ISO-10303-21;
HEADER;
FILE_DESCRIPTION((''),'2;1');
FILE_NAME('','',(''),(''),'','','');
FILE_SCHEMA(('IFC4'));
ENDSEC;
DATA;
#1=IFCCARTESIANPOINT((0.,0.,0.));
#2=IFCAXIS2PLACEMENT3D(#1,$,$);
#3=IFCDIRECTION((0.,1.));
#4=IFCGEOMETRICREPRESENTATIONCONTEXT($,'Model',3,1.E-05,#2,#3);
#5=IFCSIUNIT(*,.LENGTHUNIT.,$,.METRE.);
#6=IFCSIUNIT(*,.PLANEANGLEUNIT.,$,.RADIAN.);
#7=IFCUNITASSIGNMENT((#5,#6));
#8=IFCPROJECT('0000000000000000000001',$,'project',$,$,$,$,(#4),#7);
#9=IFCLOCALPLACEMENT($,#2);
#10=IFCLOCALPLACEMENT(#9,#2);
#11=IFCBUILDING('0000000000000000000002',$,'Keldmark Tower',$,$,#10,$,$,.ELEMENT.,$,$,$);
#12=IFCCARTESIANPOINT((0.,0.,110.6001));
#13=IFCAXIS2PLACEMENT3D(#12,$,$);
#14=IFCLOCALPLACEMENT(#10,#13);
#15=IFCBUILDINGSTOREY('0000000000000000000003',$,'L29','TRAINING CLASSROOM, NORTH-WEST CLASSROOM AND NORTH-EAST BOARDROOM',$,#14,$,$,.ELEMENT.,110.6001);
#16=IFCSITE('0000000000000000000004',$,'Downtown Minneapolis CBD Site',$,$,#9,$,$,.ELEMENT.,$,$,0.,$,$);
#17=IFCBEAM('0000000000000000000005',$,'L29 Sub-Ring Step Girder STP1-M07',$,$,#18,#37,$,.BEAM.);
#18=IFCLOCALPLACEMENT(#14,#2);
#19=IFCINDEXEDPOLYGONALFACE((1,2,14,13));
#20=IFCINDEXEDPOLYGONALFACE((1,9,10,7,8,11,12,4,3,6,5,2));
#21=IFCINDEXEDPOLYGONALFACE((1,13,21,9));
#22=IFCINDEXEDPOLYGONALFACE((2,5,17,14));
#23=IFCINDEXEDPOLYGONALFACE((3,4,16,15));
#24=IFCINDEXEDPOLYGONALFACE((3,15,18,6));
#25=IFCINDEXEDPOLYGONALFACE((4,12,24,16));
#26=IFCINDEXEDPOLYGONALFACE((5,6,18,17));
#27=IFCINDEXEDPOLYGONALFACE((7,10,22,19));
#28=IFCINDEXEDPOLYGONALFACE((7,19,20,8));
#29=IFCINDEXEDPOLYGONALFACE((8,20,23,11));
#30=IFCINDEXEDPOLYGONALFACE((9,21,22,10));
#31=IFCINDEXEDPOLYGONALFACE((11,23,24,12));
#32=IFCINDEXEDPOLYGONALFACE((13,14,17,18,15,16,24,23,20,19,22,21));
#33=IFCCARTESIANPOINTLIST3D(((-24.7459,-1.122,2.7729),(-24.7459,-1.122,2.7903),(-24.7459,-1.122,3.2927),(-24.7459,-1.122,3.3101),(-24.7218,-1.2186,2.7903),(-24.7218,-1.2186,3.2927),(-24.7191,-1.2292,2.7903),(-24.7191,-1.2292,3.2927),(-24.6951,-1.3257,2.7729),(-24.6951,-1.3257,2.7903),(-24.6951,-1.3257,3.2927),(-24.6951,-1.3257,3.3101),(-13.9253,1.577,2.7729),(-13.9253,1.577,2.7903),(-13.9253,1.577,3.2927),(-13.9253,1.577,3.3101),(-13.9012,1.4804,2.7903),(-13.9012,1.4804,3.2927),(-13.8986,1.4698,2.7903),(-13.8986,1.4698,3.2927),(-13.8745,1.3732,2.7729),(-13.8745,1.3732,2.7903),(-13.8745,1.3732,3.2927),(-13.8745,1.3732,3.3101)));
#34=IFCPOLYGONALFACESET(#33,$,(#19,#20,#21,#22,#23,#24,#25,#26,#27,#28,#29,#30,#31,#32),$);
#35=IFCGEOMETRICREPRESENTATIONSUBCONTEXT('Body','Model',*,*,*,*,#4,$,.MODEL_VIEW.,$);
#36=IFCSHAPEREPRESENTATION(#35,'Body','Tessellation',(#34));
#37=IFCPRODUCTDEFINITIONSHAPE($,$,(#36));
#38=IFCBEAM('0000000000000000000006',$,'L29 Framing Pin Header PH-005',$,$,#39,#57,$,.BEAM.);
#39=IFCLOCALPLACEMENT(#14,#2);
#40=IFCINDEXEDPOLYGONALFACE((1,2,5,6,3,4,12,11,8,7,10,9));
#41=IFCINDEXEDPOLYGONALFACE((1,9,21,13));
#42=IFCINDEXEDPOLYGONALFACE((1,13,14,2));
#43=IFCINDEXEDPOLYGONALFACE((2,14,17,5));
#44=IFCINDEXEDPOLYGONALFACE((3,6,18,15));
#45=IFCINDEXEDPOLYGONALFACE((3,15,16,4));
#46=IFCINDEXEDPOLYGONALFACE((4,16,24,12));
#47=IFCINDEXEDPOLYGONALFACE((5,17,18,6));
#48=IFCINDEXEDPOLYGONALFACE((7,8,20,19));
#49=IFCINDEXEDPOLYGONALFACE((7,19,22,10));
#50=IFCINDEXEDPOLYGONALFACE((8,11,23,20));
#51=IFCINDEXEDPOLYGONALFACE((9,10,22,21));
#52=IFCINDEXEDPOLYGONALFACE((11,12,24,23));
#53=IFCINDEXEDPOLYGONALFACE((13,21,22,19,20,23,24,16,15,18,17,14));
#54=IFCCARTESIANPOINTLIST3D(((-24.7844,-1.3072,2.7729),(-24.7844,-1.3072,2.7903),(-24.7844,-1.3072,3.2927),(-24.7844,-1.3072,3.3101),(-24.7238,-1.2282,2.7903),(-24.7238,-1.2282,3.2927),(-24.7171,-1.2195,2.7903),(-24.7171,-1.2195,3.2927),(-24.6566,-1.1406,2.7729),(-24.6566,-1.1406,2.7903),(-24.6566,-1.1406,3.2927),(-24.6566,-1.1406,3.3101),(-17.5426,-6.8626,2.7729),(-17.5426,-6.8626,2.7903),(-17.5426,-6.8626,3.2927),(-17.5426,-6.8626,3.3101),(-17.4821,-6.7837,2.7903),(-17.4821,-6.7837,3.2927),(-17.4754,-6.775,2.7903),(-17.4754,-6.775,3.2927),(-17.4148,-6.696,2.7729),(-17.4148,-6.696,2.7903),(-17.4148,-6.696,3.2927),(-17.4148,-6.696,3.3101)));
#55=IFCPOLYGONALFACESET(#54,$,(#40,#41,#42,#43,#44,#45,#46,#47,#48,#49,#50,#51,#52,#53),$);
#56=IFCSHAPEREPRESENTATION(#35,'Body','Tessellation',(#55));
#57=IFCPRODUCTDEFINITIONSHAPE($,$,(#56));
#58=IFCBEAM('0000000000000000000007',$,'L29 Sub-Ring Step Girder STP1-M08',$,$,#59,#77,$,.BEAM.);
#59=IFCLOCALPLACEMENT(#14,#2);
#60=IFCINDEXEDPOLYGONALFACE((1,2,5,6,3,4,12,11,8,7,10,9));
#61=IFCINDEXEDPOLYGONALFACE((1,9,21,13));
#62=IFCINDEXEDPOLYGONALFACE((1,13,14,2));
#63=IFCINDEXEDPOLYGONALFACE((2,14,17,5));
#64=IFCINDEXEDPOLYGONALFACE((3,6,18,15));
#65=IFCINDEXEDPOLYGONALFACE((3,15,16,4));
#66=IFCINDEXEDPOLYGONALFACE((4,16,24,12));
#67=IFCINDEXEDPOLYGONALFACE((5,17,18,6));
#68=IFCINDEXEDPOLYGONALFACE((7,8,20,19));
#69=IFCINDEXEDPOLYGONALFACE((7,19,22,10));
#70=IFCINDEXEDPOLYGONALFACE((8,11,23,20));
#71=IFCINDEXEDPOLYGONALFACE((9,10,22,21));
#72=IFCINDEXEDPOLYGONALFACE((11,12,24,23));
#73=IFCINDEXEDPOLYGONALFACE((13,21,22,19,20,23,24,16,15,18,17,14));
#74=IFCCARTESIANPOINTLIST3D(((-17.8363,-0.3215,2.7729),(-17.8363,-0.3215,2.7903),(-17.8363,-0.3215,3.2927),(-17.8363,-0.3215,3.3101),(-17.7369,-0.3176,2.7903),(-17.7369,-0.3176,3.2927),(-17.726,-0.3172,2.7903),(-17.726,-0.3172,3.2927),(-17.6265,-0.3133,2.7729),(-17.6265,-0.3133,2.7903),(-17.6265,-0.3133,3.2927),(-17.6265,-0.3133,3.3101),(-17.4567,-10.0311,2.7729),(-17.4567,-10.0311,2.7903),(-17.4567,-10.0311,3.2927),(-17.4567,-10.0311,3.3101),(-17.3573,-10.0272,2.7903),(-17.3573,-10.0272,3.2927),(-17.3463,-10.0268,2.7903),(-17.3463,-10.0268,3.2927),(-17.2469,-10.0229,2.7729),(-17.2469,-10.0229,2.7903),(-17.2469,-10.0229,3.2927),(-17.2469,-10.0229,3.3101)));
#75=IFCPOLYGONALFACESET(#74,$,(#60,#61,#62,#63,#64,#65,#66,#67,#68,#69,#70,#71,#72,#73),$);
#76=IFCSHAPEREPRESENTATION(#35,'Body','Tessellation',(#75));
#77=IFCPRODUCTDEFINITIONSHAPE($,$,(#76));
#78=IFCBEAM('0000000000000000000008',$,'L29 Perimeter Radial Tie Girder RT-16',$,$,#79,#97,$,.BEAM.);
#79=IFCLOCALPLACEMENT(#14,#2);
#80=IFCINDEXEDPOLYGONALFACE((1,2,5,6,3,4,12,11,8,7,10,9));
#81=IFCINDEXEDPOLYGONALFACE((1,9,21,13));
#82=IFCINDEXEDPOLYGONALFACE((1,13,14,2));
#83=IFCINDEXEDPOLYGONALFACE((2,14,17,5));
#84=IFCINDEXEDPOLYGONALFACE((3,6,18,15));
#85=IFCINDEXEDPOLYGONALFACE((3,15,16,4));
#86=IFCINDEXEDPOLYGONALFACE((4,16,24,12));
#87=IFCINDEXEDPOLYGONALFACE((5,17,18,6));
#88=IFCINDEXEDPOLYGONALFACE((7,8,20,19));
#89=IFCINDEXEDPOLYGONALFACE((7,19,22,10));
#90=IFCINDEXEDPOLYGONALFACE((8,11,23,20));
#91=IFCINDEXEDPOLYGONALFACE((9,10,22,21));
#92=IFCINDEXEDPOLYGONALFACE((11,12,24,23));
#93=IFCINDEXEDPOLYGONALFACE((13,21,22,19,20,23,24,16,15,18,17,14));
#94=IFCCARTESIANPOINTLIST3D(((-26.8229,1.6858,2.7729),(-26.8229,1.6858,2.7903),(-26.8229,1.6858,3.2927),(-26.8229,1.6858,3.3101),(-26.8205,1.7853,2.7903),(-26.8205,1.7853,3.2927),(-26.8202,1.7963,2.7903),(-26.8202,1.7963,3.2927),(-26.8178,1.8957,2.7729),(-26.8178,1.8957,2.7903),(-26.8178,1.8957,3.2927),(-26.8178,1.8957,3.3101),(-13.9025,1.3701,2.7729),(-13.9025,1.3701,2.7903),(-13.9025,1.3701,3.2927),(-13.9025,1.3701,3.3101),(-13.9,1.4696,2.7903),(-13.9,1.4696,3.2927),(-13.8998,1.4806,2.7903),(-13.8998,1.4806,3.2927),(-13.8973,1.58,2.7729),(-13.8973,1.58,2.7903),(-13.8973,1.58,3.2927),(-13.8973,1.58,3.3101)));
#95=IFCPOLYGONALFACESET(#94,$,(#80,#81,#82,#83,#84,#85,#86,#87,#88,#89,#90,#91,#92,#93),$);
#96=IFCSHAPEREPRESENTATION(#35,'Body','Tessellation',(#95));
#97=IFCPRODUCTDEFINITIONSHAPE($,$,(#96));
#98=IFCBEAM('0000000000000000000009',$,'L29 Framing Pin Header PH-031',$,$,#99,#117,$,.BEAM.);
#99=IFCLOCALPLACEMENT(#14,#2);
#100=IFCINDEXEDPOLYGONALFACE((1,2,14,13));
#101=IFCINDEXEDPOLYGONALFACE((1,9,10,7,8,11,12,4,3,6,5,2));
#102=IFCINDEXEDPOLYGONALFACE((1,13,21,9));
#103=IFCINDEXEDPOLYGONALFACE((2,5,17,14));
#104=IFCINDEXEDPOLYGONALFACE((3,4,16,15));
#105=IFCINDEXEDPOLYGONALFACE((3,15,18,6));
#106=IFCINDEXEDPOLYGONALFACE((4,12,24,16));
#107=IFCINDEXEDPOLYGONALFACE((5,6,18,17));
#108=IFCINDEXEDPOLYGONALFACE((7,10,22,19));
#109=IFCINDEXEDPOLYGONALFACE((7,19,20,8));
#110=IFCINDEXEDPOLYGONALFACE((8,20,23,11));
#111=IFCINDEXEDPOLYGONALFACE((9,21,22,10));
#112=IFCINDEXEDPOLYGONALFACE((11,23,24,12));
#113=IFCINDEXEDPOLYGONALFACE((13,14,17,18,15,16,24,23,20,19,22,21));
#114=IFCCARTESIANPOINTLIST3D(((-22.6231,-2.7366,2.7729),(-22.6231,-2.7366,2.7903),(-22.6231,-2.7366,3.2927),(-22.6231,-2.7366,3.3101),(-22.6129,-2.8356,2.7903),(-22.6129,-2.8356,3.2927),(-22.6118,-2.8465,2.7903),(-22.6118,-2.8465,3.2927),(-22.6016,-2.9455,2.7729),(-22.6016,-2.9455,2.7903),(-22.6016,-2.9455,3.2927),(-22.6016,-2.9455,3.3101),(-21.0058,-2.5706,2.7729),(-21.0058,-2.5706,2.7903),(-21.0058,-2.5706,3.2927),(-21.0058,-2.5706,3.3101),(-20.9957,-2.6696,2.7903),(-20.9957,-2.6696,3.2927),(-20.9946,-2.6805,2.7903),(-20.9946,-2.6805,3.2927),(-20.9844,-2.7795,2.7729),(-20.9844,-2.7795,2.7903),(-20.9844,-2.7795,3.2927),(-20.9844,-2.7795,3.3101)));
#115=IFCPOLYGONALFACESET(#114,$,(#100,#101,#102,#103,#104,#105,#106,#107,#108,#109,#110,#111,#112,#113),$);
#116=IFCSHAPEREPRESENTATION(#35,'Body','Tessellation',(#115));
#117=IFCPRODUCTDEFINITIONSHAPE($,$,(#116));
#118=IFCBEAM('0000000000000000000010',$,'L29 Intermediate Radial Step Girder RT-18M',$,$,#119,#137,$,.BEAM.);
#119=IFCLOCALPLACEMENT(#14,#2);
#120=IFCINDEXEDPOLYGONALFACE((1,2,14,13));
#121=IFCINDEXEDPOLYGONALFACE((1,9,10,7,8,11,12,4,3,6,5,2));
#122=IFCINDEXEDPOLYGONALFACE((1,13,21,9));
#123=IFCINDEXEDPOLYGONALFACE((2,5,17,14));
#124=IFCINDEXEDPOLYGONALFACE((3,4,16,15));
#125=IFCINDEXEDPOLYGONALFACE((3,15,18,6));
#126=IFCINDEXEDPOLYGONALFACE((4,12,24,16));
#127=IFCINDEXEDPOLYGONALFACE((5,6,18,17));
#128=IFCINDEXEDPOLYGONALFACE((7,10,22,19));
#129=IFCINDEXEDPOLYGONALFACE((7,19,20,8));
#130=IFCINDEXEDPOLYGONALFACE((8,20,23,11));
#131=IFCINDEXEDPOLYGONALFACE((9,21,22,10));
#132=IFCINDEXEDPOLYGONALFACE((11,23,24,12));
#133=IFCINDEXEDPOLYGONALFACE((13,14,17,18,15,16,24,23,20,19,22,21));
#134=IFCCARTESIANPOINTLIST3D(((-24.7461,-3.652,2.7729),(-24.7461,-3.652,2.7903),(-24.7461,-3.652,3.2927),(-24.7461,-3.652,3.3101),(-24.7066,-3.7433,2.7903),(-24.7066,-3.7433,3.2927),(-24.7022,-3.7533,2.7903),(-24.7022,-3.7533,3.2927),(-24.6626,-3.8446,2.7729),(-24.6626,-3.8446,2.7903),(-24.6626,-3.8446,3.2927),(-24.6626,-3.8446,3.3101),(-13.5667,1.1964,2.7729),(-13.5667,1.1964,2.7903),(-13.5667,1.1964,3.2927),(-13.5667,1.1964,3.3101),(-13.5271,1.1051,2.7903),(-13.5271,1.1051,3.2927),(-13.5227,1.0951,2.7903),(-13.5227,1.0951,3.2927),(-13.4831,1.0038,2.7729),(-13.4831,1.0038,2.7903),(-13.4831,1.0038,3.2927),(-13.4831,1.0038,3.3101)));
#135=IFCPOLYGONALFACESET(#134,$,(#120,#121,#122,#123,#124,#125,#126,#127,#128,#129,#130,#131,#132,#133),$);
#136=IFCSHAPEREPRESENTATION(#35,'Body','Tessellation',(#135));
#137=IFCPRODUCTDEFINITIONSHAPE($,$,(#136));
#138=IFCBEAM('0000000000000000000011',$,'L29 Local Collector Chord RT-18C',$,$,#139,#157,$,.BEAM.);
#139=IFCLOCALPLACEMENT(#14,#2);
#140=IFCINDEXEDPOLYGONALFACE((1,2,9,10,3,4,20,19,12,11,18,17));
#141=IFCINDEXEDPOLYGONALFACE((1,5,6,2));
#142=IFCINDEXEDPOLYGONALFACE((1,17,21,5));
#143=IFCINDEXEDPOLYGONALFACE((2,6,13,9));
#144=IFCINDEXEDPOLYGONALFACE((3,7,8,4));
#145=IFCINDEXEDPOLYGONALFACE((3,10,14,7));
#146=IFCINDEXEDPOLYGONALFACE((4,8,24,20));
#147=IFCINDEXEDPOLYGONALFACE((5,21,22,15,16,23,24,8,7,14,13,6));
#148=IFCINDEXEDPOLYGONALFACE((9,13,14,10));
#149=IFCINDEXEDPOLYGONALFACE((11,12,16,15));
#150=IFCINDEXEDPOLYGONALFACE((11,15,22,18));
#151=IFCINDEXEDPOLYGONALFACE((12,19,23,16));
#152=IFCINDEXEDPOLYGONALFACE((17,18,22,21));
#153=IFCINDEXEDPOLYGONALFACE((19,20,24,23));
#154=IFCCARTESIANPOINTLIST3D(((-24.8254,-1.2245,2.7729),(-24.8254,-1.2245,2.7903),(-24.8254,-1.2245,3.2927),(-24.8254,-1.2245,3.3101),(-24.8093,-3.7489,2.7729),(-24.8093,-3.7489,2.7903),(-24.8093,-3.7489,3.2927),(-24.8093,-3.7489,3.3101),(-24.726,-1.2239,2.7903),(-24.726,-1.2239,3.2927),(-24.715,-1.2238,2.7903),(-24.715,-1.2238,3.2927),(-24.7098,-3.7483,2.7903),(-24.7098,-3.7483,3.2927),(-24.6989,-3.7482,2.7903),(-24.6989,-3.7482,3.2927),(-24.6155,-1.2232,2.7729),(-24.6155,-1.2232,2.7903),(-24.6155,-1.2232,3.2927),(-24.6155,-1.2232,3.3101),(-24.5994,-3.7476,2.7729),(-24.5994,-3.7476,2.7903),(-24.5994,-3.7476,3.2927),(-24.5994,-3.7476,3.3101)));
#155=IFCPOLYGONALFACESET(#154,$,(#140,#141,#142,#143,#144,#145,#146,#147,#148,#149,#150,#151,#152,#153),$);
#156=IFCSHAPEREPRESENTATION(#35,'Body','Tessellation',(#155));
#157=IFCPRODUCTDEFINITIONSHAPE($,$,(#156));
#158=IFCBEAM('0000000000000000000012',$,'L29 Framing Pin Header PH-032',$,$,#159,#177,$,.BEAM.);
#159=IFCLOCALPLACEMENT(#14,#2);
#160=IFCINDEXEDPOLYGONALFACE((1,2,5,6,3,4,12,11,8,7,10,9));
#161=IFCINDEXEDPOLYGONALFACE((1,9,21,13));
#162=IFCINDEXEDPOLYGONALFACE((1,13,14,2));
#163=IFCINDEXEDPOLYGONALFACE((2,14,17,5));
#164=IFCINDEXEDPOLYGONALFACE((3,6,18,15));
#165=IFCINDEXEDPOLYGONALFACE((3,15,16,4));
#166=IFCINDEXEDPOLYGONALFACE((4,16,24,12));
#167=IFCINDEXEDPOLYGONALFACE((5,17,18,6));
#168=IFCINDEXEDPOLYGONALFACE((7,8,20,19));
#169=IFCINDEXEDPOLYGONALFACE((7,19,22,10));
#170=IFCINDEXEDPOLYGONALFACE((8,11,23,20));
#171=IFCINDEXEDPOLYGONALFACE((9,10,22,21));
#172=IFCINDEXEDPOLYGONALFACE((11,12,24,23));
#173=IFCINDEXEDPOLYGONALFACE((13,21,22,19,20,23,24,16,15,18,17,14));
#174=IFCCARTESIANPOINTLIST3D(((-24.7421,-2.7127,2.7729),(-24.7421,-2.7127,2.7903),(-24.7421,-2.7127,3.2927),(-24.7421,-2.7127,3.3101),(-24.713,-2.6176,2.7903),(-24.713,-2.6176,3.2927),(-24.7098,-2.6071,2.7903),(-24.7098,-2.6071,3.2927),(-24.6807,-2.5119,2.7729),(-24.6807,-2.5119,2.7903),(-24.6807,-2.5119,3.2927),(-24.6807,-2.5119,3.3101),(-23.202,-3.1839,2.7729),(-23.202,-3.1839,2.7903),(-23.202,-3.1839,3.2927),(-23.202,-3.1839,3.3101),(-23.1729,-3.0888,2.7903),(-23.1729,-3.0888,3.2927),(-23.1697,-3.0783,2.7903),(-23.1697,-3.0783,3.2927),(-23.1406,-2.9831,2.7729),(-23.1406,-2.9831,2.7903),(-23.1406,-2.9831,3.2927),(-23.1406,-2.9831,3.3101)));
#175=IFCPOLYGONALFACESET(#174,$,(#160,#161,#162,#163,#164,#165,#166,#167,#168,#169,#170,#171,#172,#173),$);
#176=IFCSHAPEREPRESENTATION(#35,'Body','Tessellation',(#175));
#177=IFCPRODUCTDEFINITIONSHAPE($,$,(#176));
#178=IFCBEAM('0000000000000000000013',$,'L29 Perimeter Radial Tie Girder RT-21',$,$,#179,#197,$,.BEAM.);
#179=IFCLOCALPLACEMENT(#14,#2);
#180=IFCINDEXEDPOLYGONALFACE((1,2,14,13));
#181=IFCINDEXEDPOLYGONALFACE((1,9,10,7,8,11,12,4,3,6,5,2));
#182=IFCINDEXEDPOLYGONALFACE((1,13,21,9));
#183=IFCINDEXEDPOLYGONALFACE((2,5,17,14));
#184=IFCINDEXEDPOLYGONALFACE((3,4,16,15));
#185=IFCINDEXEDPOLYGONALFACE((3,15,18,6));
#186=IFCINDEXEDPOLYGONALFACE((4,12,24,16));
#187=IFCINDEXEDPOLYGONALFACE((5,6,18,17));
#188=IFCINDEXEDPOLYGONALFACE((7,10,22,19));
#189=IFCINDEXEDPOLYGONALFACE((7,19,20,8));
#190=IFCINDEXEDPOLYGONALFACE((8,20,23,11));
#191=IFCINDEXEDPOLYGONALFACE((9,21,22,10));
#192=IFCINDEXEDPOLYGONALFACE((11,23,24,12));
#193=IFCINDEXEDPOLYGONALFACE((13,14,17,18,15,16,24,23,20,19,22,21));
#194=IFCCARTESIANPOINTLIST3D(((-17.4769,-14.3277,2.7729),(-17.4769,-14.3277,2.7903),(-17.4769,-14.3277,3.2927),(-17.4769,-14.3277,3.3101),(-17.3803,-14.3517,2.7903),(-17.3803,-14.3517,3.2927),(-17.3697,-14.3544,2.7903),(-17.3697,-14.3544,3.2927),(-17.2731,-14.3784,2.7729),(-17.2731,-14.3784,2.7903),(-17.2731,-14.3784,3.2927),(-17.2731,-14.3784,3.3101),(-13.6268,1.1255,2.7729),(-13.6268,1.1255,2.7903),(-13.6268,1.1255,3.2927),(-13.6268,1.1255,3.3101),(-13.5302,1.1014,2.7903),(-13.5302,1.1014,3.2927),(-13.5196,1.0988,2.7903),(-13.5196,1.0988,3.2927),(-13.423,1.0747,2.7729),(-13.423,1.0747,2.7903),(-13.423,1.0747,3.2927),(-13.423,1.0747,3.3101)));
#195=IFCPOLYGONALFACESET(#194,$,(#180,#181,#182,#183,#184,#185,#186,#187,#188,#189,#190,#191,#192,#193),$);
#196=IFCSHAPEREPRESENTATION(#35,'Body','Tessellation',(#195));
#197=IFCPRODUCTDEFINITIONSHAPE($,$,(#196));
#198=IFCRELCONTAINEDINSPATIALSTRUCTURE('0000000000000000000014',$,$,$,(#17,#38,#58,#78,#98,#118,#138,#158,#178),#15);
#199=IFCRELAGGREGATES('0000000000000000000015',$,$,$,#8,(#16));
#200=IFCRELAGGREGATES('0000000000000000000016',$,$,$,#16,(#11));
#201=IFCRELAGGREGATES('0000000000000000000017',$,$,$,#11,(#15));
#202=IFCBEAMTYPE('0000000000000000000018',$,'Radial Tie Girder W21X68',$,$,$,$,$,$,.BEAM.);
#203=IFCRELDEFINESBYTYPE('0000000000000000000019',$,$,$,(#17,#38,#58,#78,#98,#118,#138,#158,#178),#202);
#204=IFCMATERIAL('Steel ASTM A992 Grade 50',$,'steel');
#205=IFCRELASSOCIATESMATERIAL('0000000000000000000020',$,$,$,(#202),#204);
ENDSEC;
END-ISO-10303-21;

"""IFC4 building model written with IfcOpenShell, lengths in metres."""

from ifc_helpers import new_model, si_unit, direction, frame, origin, origin_2d, place, context, subcontext, project, spatial, i_section, extrude, material, material_profile, profile_set, type_object, element, save


model = new_model("IFC4")

# Units and contexts
model_context = context("Model", 3, precision=1e-05, world=origin(), true_north=direction((0.0, 1.0)))
body_context = subcontext(model_context, "Body", "Model", "MODEL_VIEW")
ifc_project = project(units=[si_unit("LENGTHUNIT", "METRE"), si_unit("PLANEANGLEUNIT", "RADIAN")], contexts=[model_context])

# Site, building, storey
site_placement = place(None, origin())
site = spatial("IfcSite", under=ifc_project, at=site_placement, Name="Downtown Minneapolis CBD Site", CompositionType="ELEMENT", RefElevation=0.0)
building_placement = place(site_placement, origin())
building = spatial("IfcBuilding", under=site, at=building_placement, Name="Keldmark Tower", CompositionType="ELEMENT")
storey_placement = place(building_placement, frame((0.0, 0.0, 110.6001)))
storey = spatial("IfcBuildingStorey", under=building, at=storey_placement, Name="L29", Description="TRAINING CLASSROOM, NORTH-WEST CLASSROOM AND NORTH-EAST BOARDROOM", CompositionType="ELEMENT", Elevation=110.6001)

# Beams
ifc_material_1 = material(Name="Steel ASTM A992 Grade 50", Category="steel")
ifc_material_profile_1 = material_profile(ifc_material_1, i_section(OverallWidth=0.21, OverallDepth=0.5371, WebThickness=0.011, FlangeThickness=0.0173, at=origin_2d()), Name="W21X68")
ifc_profile_set_1 = profile_set([ifc_material_profile_1], Name="Steel ASTM A992 Grade 50")
beam_type_1 = type_object("IfcBeamType", Name="Radial Tie Girder W21X68", PredefinedType="BEAM", material=ifc_profile_set_1)
beam_1_placement = place(storey_placement, frame((-13.8999, 1.4751, 3.0415), z_axis=(-0.970272, -0.242015, 0.0), x_axis=(0.242015, -0.970272, 0.0)))
element("IfcBeam", 1, at=beam_1_placement, inside=storey, type_object=beam_type_1, Name="L29 Sub-Ring Step Girder STP1-M07", PredefinedType="BEAM", context=body_context, shape_type="SweptSolid", body=[
    extrude(i_section(OverallWidth=0.21, OverallDepth=0.5371, WebThickness=0.011, FlangeThickness=0.0173, at=origin_2d()), origin(), (0.0, 0.0, 1.0), 11.1521),
])
beam_2_placement = place(storey_placement, frame((-24.7205, -1.2239, 3.0415), z_axis=(0.793424, -0.60867, 0.0), x_axis=(0.60867, 0.793424, 0.0)))
element("IfcBeam", 2, at=beam_2_placement, inside=storey, type_object=beam_type_1, Name="L29 Framing Pin Header PH-005", PredefinedType="BEAM", context=body_context, shape_type="SweptSolid", body=[
    extrude(i_section(OverallWidth=0.21, OverallDepth=0.5371, WebThickness=0.011, FlangeThickness=0.0173, at=origin_2d()), origin(), (0.0, 0.0, 1.0), 9.1272),
])
beam_3_placement = place(storey_placement, frame((-17.7314, -0.3174, 3.0415), z_axis=(0.039069, -0.999237, 0.0), x_axis=(0.999237, 0.039069, 0.0)))
element("IfcBeam", 3, at=beam_3_placement, inside=storey, type_object=beam_type_1, Name="L29 Sub-Ring Step Girder STP1-M08", PredefinedType="BEAM", context=body_context, shape_type="SweptSolid", body=[
    extrude(i_section(OverallWidth=0.21, OverallDepth=0.5371, WebThickness=0.011, FlangeThickness=0.0173, at=origin_2d()), origin(), (0.0, 0.0, 1.0), 9.717),
])
beam_4_placement = place(storey_placement, frame((-13.8999, 1.4751, 3.0415), z_axis=(-0.999702, 0.024425, 0.0), x_axis=(-0.024425, -0.999702, 0.0)))
element("IfcBeam", 4, at=beam_4_placement, inside=storey, type_object=beam_type_1, Name="L29 Perimeter Radial Tie Girder RT-16", PredefinedType="BEAM", context=body_context, shape_type="SweptSolid", body=[
    extrude(i_section(OverallWidth=0.21, OverallDepth=0.5371, WebThickness=0.011, FlangeThickness=0.0173, at=origin_2d()), origin(), (0.0, 0.0, 1.0), 12.9243),
])
beam_5_placement = place(storey_placement, frame((-20.9951, -2.675, 3.0415), z_axis=(-0.994772, -0.10212, 0.0), x_axis=(0.10212, -0.994772, 0.0)))
element("IfcBeam", 5, at=beam_5_placement, inside=storey, type_object=beam_type_1, Name="L29 Framing Pin Header PH-031", PredefinedType="BEAM", context=body_context, shape_type="SweptSolid", body=[
    extrude(i_section(OverallWidth=0.21, OverallDepth=0.5371, WebThickness=0.011, FlangeThickness=0.0173, at=origin_2d()), origin(), (0.0, 0.0, 1.0), 1.6257),
])
beam_6_placement = place(storey_placement, frame((-13.5249, 1.1001, 3.0415), z_axis=(-0.917437, -0.397881, 0.0), x_axis=(0.397881, -0.917437, 0.0)))
element("IfcBeam", 6, at=beam_6_placement, inside=storey, type_object=beam_type_1, Name="L29 Intermediate Radial Step Girder RT-18M", PredefinedType="BEAM", context=body_context, shape_type="SweptSolid", body=[
    extrude(i_section(OverallWidth=0.21, OverallDepth=0.5371, WebThickness=0.011, FlangeThickness=0.0173, at=origin_2d()), origin(), (0.0, 0.0, 1.0), 12.1855),
])
beam_7_placement = place(storey_placement, frame((-24.7205, -1.2239, 3.0415), z_axis=(0.006383, -0.99998, 0.0), x_axis=(0.99998, 0.006383, 0.0)))
element("IfcBeam", 7, at=beam_7_placement, inside=storey, type_object=beam_type_1, Name="L29 Local Collector Chord RT-18C", PredefinedType="BEAM", context=body_context, shape_type="SweptSolid", body=[
    extrude(i_section(OverallWidth=0.21, OverallDepth=0.5371, WebThickness=0.011, FlangeThickness=0.0173, at=origin_2d()), origin(), (0.0, 0.0, 1.0), 2.5244),
])
beam_8_placement = place(storey_placement, frame((-24.7114, -2.6123, 3.0415), z_axis=(0.956243, -0.292573, 0.0), x_axis=(0.292573, 0.956243, 0.0)))
element("IfcBeam", 8, at=beam_8_placement, inside=storey, type_object=beam_type_1, Name="L29 Framing Pin Header PH-032", PredefinedType="BEAM", context=body_context, shape_type="SweptSolid", body=[
    extrude(i_section(OverallWidth=0.21, OverallDepth=0.5371, WebThickness=0.011, FlangeThickness=0.0173, at=origin_2d()), origin(), (0.0, 0.0, 1.0), 1.6106),
])
beam_9_placement = place(storey_placement, frame((-13.5249, 1.1001, 3.0415), z_axis=(-0.241756, -0.970337, 0.0), x_axis=(0.970337, -0.241756, 0.0)))
element("IfcBeam", 9, at=beam_9_placement, inside=storey, type_object=beam_type_1, Name="L29 Perimeter Radial Tie Girder RT-21", PredefinedType="BEAM", context=body_context, shape_type="SweptSolid", body=[
    extrude(i_section(OverallWidth=0.21, OverallDepth=0.5371, WebThickness=0.011, FlangeThickness=0.0173, at=origin_2d()), origin(), (0.0, 0.0, 1.0), 15.9255),
])

save(model, "model.ifc")
